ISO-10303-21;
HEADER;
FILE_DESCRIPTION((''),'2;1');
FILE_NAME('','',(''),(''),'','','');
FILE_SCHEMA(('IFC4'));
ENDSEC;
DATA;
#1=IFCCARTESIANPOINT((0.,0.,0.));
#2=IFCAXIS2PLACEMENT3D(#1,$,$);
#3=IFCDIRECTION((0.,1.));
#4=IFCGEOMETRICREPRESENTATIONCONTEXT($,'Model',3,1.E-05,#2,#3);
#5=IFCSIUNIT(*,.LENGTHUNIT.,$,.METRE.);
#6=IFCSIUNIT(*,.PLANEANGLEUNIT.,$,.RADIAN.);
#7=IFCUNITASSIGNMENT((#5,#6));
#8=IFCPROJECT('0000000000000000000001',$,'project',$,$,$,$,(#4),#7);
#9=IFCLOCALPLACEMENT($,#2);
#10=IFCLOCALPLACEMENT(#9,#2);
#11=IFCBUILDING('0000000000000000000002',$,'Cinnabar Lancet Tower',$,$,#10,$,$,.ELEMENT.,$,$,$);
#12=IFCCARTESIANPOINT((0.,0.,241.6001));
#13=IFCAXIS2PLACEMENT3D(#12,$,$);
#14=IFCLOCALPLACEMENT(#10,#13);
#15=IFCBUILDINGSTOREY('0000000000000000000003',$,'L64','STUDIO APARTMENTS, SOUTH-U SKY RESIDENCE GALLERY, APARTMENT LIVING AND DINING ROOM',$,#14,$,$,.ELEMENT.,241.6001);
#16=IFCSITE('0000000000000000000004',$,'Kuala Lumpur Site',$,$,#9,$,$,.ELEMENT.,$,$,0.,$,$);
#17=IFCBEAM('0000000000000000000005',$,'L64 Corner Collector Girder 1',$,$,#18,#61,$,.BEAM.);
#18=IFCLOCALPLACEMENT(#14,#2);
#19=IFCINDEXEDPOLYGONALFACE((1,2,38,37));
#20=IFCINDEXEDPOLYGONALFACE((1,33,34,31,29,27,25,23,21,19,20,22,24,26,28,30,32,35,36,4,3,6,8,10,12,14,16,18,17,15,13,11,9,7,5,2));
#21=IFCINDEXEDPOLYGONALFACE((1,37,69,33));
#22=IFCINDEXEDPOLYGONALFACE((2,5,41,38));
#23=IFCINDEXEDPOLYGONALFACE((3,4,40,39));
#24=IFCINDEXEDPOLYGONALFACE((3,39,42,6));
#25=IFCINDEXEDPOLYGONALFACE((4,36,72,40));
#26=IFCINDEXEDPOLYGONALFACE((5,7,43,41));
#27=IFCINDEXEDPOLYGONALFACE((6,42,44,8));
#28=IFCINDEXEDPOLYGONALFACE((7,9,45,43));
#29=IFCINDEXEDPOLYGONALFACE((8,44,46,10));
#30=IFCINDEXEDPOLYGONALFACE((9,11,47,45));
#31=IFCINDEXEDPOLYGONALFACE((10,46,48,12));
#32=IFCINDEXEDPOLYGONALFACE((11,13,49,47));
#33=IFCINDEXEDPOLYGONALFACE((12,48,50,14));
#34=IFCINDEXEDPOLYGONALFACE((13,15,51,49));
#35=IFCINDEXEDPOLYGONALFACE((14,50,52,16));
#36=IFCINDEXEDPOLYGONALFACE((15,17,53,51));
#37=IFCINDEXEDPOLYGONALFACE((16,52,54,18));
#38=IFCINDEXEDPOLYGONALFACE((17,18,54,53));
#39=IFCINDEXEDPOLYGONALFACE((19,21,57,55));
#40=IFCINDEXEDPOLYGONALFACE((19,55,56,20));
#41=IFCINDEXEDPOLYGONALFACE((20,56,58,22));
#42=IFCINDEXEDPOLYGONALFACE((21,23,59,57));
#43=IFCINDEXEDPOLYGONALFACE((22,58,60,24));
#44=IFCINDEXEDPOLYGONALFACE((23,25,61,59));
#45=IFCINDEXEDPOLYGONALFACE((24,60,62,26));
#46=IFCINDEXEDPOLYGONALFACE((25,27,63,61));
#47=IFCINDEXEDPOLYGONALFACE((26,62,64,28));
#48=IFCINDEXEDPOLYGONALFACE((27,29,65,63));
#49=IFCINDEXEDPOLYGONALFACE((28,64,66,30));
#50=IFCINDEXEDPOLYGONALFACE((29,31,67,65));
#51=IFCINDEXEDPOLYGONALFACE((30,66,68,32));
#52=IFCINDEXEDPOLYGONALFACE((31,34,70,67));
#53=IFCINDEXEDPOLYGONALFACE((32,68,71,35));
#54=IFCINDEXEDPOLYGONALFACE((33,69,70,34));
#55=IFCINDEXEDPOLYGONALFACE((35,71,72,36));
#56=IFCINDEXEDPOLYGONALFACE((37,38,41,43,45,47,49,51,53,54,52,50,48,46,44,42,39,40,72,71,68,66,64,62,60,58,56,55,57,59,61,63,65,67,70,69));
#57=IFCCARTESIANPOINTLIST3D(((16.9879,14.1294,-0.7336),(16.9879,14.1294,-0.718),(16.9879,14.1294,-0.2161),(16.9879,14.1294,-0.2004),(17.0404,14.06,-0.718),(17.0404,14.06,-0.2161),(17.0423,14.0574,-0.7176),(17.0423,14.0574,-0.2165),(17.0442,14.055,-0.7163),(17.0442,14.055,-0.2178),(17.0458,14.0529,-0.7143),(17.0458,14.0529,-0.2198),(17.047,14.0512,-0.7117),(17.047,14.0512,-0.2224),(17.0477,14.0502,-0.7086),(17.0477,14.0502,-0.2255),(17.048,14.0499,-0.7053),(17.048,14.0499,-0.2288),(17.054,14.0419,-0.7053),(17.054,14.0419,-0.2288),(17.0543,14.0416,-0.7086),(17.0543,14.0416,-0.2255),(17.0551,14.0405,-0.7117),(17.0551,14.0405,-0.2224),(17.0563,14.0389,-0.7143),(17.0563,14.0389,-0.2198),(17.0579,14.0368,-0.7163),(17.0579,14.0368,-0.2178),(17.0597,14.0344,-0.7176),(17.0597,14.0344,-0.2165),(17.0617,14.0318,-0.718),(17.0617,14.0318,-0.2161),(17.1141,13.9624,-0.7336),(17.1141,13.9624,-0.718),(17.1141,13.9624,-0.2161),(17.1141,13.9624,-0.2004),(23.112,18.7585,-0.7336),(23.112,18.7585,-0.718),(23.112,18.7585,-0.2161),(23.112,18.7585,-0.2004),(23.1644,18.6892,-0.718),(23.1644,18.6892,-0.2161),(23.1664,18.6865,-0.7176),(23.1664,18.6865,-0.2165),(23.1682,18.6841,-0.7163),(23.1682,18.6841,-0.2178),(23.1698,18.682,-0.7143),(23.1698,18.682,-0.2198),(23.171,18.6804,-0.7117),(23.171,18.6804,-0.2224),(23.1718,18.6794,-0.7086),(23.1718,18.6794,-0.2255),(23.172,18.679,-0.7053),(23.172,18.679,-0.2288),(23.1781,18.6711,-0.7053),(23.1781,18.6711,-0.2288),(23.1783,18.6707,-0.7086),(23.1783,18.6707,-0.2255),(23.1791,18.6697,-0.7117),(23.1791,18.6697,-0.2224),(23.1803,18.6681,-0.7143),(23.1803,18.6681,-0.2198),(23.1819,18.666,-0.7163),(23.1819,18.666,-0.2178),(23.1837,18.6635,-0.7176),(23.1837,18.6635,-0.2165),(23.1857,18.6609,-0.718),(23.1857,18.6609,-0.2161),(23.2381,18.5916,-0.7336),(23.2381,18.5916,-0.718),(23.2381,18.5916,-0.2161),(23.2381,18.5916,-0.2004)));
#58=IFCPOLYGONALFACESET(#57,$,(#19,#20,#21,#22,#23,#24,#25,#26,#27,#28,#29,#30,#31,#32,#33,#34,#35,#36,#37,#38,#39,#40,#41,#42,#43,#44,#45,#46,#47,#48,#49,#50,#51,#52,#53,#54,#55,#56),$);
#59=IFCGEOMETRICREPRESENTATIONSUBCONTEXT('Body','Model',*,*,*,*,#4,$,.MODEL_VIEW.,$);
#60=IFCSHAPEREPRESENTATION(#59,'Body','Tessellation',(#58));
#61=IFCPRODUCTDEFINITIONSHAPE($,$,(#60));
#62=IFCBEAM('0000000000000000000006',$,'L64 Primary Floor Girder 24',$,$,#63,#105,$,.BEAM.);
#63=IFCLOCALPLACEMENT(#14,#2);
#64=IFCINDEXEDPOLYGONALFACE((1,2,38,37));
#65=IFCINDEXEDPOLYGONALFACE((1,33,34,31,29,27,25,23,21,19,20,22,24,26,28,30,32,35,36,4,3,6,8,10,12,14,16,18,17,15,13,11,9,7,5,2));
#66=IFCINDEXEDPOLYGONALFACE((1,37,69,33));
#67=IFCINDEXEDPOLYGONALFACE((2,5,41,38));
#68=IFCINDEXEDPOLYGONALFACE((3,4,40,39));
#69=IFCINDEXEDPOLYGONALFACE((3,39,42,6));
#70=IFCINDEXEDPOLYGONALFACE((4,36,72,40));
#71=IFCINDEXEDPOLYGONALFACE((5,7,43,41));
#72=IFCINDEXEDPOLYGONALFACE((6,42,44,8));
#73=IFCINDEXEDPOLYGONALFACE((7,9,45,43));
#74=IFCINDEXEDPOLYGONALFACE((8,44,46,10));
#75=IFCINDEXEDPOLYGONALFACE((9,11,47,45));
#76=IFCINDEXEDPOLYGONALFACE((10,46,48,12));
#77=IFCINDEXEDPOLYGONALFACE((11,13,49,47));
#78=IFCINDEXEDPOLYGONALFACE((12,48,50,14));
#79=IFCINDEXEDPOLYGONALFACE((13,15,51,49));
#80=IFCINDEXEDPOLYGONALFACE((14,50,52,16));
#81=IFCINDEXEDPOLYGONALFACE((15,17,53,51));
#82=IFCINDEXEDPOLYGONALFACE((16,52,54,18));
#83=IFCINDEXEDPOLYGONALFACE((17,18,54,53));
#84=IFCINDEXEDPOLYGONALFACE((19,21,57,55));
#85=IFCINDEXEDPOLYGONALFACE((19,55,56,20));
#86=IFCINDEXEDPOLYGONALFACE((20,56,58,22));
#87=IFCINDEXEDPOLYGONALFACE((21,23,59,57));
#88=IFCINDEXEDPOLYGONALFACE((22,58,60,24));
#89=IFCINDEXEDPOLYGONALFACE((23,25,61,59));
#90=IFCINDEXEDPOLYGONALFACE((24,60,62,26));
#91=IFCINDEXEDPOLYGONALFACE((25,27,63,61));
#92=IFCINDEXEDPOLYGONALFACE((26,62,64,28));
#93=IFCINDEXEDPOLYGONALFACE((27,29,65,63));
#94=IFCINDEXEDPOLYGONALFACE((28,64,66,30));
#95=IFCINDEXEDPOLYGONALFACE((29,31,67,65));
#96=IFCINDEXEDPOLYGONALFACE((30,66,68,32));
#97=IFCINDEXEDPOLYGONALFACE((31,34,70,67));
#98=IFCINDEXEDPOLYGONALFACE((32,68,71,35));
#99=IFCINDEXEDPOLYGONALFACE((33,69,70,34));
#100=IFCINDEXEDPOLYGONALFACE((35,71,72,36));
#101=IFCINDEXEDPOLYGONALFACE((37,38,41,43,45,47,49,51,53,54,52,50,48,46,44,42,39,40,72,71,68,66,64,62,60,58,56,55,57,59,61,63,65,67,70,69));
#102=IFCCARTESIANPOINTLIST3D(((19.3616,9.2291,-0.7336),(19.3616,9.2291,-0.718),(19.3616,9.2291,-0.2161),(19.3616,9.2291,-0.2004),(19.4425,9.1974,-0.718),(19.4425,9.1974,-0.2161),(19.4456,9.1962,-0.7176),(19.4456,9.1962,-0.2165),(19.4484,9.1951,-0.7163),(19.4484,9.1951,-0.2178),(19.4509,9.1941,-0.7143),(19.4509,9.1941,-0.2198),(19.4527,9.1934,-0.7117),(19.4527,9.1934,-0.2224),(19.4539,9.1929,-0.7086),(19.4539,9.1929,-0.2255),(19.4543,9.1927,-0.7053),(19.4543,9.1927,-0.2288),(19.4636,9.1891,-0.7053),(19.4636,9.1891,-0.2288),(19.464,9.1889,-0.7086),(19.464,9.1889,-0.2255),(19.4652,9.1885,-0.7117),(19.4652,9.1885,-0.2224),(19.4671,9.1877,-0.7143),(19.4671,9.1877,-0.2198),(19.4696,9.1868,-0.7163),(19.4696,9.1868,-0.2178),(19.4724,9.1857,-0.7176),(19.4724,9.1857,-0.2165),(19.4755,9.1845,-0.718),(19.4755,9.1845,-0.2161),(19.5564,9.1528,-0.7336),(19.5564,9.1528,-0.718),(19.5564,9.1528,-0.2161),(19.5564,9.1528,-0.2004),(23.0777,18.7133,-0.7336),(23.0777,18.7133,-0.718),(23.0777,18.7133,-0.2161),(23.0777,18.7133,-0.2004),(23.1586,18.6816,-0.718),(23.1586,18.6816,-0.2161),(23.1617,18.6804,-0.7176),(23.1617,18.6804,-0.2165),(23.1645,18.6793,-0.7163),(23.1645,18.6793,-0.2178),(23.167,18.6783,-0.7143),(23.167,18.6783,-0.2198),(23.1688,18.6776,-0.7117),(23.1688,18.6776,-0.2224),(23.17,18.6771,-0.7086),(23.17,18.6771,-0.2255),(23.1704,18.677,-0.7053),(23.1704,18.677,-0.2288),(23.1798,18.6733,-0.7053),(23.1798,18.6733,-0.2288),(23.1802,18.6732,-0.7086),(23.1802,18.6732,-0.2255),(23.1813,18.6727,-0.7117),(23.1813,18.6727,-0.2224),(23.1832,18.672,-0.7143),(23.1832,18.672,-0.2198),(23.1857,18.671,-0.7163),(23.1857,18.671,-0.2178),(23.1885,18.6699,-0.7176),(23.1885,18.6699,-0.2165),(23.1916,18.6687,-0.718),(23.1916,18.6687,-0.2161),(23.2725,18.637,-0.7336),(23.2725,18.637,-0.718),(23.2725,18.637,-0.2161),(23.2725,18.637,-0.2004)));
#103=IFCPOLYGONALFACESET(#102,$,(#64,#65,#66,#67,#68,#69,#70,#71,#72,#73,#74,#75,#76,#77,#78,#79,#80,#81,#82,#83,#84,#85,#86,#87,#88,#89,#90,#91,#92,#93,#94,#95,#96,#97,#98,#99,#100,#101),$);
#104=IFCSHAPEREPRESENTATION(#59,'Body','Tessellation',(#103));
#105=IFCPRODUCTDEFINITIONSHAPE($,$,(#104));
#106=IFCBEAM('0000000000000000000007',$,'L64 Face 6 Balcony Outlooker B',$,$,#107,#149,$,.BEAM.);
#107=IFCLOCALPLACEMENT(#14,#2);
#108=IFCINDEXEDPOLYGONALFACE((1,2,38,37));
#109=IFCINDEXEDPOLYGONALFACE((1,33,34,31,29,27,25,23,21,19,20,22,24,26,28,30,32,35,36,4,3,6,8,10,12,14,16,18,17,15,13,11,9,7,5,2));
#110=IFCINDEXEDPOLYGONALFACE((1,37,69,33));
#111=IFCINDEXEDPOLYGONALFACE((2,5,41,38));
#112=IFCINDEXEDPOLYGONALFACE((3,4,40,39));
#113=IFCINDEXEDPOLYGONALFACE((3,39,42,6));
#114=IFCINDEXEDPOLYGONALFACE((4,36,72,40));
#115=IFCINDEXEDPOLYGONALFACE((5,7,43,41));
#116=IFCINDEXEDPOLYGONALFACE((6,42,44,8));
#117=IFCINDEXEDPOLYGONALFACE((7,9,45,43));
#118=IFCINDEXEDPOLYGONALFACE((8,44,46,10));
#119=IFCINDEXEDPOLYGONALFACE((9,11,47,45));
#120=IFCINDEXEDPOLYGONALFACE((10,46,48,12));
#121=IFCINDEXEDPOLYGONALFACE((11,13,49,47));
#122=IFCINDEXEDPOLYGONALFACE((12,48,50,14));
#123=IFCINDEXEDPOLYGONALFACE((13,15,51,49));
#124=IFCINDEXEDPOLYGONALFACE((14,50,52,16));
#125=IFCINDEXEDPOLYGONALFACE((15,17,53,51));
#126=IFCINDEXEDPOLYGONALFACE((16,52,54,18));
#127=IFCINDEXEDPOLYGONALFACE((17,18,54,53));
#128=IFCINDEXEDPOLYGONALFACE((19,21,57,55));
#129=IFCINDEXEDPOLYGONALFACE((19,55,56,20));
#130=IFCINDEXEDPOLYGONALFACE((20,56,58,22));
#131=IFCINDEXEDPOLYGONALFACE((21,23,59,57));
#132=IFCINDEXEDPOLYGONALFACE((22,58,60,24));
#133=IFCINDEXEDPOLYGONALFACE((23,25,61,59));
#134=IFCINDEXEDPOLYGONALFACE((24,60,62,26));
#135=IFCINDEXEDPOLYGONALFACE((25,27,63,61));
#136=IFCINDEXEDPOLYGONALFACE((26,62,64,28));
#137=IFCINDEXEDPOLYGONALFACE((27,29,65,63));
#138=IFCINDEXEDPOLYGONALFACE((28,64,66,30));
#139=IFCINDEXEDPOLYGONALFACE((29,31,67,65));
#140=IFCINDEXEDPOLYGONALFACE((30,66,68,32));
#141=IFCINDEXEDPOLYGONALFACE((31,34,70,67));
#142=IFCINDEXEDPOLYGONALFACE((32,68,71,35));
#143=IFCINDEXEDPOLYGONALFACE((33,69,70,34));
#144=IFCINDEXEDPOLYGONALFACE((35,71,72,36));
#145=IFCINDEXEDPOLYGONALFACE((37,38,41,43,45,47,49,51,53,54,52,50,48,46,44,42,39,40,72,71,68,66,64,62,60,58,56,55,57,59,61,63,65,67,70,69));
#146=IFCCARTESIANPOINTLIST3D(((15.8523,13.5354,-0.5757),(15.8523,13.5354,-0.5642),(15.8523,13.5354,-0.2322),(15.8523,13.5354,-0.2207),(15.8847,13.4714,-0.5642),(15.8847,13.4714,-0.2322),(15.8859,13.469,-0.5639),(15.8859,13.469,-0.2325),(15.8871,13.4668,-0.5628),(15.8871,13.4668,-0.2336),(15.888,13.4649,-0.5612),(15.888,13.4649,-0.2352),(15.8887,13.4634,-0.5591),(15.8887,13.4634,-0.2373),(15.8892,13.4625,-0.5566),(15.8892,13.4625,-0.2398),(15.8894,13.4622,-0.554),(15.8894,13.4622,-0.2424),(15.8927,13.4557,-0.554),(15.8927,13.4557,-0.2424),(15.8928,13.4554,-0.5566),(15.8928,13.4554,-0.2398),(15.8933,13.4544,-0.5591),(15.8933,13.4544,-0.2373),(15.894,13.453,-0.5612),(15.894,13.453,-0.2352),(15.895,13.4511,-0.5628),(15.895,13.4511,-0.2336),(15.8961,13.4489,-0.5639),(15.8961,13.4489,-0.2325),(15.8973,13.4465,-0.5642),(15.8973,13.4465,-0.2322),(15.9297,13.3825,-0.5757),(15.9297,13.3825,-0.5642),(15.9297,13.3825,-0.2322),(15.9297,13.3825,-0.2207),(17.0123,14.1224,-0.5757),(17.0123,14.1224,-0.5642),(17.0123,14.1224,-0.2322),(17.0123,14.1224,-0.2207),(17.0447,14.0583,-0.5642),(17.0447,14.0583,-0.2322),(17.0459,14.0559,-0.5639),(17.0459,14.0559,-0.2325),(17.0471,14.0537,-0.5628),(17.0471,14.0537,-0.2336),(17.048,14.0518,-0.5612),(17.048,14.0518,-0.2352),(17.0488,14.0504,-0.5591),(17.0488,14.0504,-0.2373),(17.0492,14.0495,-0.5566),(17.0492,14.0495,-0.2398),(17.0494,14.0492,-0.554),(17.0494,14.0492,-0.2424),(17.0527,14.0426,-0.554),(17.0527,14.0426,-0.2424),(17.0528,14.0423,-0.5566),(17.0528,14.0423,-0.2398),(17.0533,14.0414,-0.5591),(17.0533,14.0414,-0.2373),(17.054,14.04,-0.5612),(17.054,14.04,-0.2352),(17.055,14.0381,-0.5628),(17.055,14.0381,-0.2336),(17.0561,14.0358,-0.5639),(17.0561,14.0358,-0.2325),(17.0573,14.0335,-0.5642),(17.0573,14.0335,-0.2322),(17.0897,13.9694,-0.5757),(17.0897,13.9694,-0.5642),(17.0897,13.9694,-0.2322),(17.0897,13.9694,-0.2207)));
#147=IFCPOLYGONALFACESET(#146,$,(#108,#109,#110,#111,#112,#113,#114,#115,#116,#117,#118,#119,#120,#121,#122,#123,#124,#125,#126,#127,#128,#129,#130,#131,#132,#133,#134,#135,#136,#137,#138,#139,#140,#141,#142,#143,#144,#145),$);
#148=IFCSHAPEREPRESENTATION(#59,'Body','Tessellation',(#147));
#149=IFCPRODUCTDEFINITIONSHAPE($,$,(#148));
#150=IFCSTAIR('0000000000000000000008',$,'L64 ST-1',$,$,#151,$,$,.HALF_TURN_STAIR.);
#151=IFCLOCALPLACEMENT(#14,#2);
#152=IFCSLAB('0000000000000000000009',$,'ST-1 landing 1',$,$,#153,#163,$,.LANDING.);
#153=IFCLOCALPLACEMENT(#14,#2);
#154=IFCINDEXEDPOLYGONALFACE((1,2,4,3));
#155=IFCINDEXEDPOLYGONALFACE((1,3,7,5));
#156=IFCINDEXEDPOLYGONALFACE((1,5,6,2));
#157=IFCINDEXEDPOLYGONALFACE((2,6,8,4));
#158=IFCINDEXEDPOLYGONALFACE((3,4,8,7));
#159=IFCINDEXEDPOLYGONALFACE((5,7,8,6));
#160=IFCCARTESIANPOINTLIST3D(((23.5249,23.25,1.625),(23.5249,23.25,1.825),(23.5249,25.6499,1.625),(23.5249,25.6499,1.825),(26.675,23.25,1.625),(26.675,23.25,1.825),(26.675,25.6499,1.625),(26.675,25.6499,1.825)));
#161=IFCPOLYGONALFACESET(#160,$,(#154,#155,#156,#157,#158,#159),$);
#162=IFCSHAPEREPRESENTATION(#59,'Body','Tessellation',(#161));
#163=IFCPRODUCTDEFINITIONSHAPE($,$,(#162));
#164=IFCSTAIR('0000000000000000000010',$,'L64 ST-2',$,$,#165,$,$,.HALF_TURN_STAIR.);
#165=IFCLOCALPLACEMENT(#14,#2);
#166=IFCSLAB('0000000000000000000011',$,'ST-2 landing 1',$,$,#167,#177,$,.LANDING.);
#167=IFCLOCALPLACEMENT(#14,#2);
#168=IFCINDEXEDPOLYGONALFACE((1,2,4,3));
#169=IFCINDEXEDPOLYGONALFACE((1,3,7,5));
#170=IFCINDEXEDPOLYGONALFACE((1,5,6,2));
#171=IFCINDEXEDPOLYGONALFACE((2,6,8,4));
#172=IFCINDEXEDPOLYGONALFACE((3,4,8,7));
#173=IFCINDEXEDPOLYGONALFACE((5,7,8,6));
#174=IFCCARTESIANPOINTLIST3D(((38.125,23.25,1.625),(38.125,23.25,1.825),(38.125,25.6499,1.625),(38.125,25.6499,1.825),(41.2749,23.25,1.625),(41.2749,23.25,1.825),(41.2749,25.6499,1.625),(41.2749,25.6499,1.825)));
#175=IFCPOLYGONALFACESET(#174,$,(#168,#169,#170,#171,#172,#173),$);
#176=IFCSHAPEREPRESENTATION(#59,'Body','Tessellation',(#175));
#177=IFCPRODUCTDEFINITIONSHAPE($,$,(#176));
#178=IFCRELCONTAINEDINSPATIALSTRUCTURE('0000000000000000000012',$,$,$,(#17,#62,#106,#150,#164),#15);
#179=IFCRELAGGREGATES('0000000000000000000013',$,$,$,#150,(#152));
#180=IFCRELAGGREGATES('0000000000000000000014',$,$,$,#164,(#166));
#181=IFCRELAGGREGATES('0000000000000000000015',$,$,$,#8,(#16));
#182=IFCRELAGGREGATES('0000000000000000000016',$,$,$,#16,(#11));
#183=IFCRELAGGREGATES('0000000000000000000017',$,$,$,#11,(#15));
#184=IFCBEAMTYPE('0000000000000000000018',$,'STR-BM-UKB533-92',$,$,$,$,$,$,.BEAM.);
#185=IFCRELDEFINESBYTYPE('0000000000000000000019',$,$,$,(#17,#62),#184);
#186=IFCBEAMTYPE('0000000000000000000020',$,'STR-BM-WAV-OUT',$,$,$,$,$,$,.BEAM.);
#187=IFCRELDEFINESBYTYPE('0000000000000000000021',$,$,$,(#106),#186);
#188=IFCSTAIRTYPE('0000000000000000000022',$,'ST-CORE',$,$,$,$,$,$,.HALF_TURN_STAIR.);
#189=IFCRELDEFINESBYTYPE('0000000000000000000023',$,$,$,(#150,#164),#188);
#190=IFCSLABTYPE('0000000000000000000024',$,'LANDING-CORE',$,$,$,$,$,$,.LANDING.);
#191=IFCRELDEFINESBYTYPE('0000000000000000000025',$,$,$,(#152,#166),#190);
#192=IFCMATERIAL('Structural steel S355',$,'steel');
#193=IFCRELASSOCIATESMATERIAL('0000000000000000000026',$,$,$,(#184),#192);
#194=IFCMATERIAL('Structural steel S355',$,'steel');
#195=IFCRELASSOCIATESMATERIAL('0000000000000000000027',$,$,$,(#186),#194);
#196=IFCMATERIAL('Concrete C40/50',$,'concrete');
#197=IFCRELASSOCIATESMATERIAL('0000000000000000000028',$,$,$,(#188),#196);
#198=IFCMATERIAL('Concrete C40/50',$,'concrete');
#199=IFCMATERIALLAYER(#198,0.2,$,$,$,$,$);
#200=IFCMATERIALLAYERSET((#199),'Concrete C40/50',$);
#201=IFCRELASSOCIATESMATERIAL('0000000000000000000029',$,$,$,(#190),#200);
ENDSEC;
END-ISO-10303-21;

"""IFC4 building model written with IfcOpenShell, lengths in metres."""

from ifc_helpers import new_model, si_unit, direction, frame, origin, origin_2d, place, context, subcontext, project, spatial, polyline, i_section, outline, extrude, material, layer, layer_set, material_profile, profile_set, type_object, element, aggregate, save


model = new_model("IFC4")

# Units and contexts
model_context = context("Model", 3, precision=1e-05, world=origin(), true_north=direction((0.0, 1.0)))
body_context = subcontext(model_context, "Body", "Model", "MODEL_VIEW")
ifc_project = project(units=[si_unit("LENGTHUNIT", "METRE"), si_unit("PLANEANGLEUNIT", "RADIAN")], contexts=[model_context])

# Site, building, storey
site_placement = place(None, origin())
site = spatial("IfcSite", under=ifc_project, at=site_placement, Name="Kuala Lumpur Site", CompositionType="ELEMENT", RefElevation=0.0)
building_placement = place(site_placement, origin())
building = spatial("IfcBuilding", under=site, at=building_placement, Name="Cinnabar Lancet Tower", CompositionType="ELEMENT")
storey_placement = place(building_placement, frame((0.0, 0.0, 241.6001)))
storey = spatial("IfcBuildingStorey", under=building, at=storey_placement, Name="L64", Description="STUDIO APARTMENTS, SOUTH-U SKY RESIDENCE GALLERY, APARTMENT LIVING AND DINING ROOM", CompositionType="ELEMENT", Elevation=241.6001)

# Beams
ifc_material_1 = material(Name="Structural steel S355", Category="steel")
ifc_material_profile_1 = material_profile(ifc_material_1, i_section(OverallWidth=0.2092, OverallDepth=0.5332, WebThickness=0.01, FlangeThickness=0.0156, FilletRadius=0.0127, at=origin_2d()), Name="UKB 533x210x92")
ifc_profile_set_1 = profile_set([ifc_material_profile_1], Name="Structural steel S355")
beam_type_1 = type_object("IfcBeamType", Name="STR-BM-UKB533-92", PredefinedType="BEAM", material=ifc_profile_set_1)
beam_1_placement = place(storey_placement, frame((17.051, 14.0459, -0.467), z_axis=(0.797735, 0.603008, 0.0), x_axis=(-0.603008, 0.797735, 0.0)))
element("IfcBeam", 1, at=beam_1_placement, inside=storey, type_object=beam_type_1, Name="L64 Corner Collector Girder 1", PredefinedType="BEAM", context=body_context, shape_type="SweptSolid", body=[
    extrude(i_section(OverallWidth=0.2092, OverallDepth=0.5332, WebThickness=0.01, FlangeThickness=0.0156, FilletRadius=0.0127, at=origin_2d()), origin(), (0.0, 0.0, 1.0), 7.6768),
])
beam_2_placement = place(storey_placement, frame((19.459, 9.1909, -0.467), z_axis=(0.364815, 0.93108, 0.0), x_axis=(-0.93108, 0.364815, 0.0)))
element("IfcBeam", 2, at=beam_2_placement, inside=storey, type_object=beam_type_1, Name="L64 Primary Floor Girder 24", PredefinedType="BEAM", context=body_context, shape_type="SweptSolid", body=[
    extrude(i_section(OverallWidth=0.2092, OverallDepth=0.5332, WebThickness=0.01, FlangeThickness=0.0156, FilletRadius=0.0127, at=origin_2d()), origin(), (0.0, 0.0, 1.0), 10.1863),
])
ifc_material_2 = material(Name="Structural steel S355", Category="steel")
ifc_material_profile_2 = material_profile(ifc_material_2, i_section(OverallWidth=0.1714, OverallDepth=0.355, WebThickness=0.0073, FlangeThickness=0.0115, FilletRadius=0.0103, at=origin_2d()), Name="UKB 356x171x51")
ifc_profile_set_2 = profile_set([ifc_material_profile_2], Name="Structural steel S355")
beam_type_2 = type_object("IfcBeamType", Name="STR-BM-WAV-OUT", PredefinedType="BEAM", material=ifc_profile_set_2)
beam_3_placement = place(storey_placement, frame((17.051, 14.0459, -0.3982), z_axis=(-0.892276, -0.45149, 0.0), x_axis=(0.45149, -0.892276, 0.0)))
element("IfcBeam", 3, at=beam_3_placement, inside=storey, type_object=beam_type_2, Name="L64 Face 6 Balcony Outlooker B", PredefinedType="BEAM", context=body_context, shape_type="SweptSolid", body=[
    extrude(i_section(OverallWidth=0.1714, OverallDepth=0.355, WebThickness=0.0073, FlangeThickness=0.0115, FilletRadius=0.0103, at=origin_2d()), origin(), (0.0, 0.0, 1.0), 1.3),
])

# Stairs, slabs
ifc_material_3 = material(Name="Concrete C40/50", Category="concrete")
stair_type = type_object("IfcStairType", Name="ST-CORE", PredefinedType="HALF_TURN_STAIR", material=ifc_material_3)
stair_1_placement = place(storey_placement, origin())
stair_1 = element("IfcStair", 4, at=stair_1_placement, inside=storey, type_object=stair_type, Name="L64 ST-1", PredefinedType="HALF_TURN_STAIR")
ifc_material_4 = material(Name="Concrete C40/50", Category="concrete")
ifc_layer_1 = layer(ifc_material_4, 0.2)
ifc_layer_set_1 = layer_set([ifc_layer_1], Name="Concrete C40/50")
slab_type_1 = type_object("IfcSlabType", Name="LANDING-CORE", PredefinedType="LANDING", material=ifc_layer_set_1)
slab_1_placement = place(storey_placement, frame((0.0, 0.0, 1.625)))
slab_1 = element("IfcSlab", 5, at=slab_1_placement, type_object=slab_type_1, Name="ST-1 landing 1", PredefinedType="LANDING", context=body_context, shape_type="SweptSolid", body=[
    extrude(outline(polyline([(23.5249, 25.6499), (23.5249, 23.25), (26.675, 23.25), (26.675, 25.6499), (23.5249, 25.6499)])), origin(), (0.0, 0.0, 1.0), 0.2),
])
aggregate(stair_1, [slab_1])
stair_2_placement = place(storey_placement, origin())
stair_2 = element("IfcStair", 6, at=stair_2_placement, inside=storey, type_object=stair_type, Name="L64 ST-2", PredefinedType="HALF_TURN_STAIR")
slab_2_placement = place(storey_placement, frame((0.0, 0.0, 1.625)))
slab_2 = element("IfcSlab", 7, at=slab_2_placement, type_object=slab_type_1, Name="ST-2 landing 1", PredefinedType="LANDING", context=body_context, shape_type="SweptSolid", body=[
    extrude(outline(polyline([(38.125, 25.6499), (38.125, 23.25), (41.2749, 23.25), (41.2749, 25.6499), (38.125, 25.6499)])), origin(), (0.0, 0.0, 1.0), 0.2),
])
aggregate(stair_2, [slab_2])

save(model, "model.ifc")
